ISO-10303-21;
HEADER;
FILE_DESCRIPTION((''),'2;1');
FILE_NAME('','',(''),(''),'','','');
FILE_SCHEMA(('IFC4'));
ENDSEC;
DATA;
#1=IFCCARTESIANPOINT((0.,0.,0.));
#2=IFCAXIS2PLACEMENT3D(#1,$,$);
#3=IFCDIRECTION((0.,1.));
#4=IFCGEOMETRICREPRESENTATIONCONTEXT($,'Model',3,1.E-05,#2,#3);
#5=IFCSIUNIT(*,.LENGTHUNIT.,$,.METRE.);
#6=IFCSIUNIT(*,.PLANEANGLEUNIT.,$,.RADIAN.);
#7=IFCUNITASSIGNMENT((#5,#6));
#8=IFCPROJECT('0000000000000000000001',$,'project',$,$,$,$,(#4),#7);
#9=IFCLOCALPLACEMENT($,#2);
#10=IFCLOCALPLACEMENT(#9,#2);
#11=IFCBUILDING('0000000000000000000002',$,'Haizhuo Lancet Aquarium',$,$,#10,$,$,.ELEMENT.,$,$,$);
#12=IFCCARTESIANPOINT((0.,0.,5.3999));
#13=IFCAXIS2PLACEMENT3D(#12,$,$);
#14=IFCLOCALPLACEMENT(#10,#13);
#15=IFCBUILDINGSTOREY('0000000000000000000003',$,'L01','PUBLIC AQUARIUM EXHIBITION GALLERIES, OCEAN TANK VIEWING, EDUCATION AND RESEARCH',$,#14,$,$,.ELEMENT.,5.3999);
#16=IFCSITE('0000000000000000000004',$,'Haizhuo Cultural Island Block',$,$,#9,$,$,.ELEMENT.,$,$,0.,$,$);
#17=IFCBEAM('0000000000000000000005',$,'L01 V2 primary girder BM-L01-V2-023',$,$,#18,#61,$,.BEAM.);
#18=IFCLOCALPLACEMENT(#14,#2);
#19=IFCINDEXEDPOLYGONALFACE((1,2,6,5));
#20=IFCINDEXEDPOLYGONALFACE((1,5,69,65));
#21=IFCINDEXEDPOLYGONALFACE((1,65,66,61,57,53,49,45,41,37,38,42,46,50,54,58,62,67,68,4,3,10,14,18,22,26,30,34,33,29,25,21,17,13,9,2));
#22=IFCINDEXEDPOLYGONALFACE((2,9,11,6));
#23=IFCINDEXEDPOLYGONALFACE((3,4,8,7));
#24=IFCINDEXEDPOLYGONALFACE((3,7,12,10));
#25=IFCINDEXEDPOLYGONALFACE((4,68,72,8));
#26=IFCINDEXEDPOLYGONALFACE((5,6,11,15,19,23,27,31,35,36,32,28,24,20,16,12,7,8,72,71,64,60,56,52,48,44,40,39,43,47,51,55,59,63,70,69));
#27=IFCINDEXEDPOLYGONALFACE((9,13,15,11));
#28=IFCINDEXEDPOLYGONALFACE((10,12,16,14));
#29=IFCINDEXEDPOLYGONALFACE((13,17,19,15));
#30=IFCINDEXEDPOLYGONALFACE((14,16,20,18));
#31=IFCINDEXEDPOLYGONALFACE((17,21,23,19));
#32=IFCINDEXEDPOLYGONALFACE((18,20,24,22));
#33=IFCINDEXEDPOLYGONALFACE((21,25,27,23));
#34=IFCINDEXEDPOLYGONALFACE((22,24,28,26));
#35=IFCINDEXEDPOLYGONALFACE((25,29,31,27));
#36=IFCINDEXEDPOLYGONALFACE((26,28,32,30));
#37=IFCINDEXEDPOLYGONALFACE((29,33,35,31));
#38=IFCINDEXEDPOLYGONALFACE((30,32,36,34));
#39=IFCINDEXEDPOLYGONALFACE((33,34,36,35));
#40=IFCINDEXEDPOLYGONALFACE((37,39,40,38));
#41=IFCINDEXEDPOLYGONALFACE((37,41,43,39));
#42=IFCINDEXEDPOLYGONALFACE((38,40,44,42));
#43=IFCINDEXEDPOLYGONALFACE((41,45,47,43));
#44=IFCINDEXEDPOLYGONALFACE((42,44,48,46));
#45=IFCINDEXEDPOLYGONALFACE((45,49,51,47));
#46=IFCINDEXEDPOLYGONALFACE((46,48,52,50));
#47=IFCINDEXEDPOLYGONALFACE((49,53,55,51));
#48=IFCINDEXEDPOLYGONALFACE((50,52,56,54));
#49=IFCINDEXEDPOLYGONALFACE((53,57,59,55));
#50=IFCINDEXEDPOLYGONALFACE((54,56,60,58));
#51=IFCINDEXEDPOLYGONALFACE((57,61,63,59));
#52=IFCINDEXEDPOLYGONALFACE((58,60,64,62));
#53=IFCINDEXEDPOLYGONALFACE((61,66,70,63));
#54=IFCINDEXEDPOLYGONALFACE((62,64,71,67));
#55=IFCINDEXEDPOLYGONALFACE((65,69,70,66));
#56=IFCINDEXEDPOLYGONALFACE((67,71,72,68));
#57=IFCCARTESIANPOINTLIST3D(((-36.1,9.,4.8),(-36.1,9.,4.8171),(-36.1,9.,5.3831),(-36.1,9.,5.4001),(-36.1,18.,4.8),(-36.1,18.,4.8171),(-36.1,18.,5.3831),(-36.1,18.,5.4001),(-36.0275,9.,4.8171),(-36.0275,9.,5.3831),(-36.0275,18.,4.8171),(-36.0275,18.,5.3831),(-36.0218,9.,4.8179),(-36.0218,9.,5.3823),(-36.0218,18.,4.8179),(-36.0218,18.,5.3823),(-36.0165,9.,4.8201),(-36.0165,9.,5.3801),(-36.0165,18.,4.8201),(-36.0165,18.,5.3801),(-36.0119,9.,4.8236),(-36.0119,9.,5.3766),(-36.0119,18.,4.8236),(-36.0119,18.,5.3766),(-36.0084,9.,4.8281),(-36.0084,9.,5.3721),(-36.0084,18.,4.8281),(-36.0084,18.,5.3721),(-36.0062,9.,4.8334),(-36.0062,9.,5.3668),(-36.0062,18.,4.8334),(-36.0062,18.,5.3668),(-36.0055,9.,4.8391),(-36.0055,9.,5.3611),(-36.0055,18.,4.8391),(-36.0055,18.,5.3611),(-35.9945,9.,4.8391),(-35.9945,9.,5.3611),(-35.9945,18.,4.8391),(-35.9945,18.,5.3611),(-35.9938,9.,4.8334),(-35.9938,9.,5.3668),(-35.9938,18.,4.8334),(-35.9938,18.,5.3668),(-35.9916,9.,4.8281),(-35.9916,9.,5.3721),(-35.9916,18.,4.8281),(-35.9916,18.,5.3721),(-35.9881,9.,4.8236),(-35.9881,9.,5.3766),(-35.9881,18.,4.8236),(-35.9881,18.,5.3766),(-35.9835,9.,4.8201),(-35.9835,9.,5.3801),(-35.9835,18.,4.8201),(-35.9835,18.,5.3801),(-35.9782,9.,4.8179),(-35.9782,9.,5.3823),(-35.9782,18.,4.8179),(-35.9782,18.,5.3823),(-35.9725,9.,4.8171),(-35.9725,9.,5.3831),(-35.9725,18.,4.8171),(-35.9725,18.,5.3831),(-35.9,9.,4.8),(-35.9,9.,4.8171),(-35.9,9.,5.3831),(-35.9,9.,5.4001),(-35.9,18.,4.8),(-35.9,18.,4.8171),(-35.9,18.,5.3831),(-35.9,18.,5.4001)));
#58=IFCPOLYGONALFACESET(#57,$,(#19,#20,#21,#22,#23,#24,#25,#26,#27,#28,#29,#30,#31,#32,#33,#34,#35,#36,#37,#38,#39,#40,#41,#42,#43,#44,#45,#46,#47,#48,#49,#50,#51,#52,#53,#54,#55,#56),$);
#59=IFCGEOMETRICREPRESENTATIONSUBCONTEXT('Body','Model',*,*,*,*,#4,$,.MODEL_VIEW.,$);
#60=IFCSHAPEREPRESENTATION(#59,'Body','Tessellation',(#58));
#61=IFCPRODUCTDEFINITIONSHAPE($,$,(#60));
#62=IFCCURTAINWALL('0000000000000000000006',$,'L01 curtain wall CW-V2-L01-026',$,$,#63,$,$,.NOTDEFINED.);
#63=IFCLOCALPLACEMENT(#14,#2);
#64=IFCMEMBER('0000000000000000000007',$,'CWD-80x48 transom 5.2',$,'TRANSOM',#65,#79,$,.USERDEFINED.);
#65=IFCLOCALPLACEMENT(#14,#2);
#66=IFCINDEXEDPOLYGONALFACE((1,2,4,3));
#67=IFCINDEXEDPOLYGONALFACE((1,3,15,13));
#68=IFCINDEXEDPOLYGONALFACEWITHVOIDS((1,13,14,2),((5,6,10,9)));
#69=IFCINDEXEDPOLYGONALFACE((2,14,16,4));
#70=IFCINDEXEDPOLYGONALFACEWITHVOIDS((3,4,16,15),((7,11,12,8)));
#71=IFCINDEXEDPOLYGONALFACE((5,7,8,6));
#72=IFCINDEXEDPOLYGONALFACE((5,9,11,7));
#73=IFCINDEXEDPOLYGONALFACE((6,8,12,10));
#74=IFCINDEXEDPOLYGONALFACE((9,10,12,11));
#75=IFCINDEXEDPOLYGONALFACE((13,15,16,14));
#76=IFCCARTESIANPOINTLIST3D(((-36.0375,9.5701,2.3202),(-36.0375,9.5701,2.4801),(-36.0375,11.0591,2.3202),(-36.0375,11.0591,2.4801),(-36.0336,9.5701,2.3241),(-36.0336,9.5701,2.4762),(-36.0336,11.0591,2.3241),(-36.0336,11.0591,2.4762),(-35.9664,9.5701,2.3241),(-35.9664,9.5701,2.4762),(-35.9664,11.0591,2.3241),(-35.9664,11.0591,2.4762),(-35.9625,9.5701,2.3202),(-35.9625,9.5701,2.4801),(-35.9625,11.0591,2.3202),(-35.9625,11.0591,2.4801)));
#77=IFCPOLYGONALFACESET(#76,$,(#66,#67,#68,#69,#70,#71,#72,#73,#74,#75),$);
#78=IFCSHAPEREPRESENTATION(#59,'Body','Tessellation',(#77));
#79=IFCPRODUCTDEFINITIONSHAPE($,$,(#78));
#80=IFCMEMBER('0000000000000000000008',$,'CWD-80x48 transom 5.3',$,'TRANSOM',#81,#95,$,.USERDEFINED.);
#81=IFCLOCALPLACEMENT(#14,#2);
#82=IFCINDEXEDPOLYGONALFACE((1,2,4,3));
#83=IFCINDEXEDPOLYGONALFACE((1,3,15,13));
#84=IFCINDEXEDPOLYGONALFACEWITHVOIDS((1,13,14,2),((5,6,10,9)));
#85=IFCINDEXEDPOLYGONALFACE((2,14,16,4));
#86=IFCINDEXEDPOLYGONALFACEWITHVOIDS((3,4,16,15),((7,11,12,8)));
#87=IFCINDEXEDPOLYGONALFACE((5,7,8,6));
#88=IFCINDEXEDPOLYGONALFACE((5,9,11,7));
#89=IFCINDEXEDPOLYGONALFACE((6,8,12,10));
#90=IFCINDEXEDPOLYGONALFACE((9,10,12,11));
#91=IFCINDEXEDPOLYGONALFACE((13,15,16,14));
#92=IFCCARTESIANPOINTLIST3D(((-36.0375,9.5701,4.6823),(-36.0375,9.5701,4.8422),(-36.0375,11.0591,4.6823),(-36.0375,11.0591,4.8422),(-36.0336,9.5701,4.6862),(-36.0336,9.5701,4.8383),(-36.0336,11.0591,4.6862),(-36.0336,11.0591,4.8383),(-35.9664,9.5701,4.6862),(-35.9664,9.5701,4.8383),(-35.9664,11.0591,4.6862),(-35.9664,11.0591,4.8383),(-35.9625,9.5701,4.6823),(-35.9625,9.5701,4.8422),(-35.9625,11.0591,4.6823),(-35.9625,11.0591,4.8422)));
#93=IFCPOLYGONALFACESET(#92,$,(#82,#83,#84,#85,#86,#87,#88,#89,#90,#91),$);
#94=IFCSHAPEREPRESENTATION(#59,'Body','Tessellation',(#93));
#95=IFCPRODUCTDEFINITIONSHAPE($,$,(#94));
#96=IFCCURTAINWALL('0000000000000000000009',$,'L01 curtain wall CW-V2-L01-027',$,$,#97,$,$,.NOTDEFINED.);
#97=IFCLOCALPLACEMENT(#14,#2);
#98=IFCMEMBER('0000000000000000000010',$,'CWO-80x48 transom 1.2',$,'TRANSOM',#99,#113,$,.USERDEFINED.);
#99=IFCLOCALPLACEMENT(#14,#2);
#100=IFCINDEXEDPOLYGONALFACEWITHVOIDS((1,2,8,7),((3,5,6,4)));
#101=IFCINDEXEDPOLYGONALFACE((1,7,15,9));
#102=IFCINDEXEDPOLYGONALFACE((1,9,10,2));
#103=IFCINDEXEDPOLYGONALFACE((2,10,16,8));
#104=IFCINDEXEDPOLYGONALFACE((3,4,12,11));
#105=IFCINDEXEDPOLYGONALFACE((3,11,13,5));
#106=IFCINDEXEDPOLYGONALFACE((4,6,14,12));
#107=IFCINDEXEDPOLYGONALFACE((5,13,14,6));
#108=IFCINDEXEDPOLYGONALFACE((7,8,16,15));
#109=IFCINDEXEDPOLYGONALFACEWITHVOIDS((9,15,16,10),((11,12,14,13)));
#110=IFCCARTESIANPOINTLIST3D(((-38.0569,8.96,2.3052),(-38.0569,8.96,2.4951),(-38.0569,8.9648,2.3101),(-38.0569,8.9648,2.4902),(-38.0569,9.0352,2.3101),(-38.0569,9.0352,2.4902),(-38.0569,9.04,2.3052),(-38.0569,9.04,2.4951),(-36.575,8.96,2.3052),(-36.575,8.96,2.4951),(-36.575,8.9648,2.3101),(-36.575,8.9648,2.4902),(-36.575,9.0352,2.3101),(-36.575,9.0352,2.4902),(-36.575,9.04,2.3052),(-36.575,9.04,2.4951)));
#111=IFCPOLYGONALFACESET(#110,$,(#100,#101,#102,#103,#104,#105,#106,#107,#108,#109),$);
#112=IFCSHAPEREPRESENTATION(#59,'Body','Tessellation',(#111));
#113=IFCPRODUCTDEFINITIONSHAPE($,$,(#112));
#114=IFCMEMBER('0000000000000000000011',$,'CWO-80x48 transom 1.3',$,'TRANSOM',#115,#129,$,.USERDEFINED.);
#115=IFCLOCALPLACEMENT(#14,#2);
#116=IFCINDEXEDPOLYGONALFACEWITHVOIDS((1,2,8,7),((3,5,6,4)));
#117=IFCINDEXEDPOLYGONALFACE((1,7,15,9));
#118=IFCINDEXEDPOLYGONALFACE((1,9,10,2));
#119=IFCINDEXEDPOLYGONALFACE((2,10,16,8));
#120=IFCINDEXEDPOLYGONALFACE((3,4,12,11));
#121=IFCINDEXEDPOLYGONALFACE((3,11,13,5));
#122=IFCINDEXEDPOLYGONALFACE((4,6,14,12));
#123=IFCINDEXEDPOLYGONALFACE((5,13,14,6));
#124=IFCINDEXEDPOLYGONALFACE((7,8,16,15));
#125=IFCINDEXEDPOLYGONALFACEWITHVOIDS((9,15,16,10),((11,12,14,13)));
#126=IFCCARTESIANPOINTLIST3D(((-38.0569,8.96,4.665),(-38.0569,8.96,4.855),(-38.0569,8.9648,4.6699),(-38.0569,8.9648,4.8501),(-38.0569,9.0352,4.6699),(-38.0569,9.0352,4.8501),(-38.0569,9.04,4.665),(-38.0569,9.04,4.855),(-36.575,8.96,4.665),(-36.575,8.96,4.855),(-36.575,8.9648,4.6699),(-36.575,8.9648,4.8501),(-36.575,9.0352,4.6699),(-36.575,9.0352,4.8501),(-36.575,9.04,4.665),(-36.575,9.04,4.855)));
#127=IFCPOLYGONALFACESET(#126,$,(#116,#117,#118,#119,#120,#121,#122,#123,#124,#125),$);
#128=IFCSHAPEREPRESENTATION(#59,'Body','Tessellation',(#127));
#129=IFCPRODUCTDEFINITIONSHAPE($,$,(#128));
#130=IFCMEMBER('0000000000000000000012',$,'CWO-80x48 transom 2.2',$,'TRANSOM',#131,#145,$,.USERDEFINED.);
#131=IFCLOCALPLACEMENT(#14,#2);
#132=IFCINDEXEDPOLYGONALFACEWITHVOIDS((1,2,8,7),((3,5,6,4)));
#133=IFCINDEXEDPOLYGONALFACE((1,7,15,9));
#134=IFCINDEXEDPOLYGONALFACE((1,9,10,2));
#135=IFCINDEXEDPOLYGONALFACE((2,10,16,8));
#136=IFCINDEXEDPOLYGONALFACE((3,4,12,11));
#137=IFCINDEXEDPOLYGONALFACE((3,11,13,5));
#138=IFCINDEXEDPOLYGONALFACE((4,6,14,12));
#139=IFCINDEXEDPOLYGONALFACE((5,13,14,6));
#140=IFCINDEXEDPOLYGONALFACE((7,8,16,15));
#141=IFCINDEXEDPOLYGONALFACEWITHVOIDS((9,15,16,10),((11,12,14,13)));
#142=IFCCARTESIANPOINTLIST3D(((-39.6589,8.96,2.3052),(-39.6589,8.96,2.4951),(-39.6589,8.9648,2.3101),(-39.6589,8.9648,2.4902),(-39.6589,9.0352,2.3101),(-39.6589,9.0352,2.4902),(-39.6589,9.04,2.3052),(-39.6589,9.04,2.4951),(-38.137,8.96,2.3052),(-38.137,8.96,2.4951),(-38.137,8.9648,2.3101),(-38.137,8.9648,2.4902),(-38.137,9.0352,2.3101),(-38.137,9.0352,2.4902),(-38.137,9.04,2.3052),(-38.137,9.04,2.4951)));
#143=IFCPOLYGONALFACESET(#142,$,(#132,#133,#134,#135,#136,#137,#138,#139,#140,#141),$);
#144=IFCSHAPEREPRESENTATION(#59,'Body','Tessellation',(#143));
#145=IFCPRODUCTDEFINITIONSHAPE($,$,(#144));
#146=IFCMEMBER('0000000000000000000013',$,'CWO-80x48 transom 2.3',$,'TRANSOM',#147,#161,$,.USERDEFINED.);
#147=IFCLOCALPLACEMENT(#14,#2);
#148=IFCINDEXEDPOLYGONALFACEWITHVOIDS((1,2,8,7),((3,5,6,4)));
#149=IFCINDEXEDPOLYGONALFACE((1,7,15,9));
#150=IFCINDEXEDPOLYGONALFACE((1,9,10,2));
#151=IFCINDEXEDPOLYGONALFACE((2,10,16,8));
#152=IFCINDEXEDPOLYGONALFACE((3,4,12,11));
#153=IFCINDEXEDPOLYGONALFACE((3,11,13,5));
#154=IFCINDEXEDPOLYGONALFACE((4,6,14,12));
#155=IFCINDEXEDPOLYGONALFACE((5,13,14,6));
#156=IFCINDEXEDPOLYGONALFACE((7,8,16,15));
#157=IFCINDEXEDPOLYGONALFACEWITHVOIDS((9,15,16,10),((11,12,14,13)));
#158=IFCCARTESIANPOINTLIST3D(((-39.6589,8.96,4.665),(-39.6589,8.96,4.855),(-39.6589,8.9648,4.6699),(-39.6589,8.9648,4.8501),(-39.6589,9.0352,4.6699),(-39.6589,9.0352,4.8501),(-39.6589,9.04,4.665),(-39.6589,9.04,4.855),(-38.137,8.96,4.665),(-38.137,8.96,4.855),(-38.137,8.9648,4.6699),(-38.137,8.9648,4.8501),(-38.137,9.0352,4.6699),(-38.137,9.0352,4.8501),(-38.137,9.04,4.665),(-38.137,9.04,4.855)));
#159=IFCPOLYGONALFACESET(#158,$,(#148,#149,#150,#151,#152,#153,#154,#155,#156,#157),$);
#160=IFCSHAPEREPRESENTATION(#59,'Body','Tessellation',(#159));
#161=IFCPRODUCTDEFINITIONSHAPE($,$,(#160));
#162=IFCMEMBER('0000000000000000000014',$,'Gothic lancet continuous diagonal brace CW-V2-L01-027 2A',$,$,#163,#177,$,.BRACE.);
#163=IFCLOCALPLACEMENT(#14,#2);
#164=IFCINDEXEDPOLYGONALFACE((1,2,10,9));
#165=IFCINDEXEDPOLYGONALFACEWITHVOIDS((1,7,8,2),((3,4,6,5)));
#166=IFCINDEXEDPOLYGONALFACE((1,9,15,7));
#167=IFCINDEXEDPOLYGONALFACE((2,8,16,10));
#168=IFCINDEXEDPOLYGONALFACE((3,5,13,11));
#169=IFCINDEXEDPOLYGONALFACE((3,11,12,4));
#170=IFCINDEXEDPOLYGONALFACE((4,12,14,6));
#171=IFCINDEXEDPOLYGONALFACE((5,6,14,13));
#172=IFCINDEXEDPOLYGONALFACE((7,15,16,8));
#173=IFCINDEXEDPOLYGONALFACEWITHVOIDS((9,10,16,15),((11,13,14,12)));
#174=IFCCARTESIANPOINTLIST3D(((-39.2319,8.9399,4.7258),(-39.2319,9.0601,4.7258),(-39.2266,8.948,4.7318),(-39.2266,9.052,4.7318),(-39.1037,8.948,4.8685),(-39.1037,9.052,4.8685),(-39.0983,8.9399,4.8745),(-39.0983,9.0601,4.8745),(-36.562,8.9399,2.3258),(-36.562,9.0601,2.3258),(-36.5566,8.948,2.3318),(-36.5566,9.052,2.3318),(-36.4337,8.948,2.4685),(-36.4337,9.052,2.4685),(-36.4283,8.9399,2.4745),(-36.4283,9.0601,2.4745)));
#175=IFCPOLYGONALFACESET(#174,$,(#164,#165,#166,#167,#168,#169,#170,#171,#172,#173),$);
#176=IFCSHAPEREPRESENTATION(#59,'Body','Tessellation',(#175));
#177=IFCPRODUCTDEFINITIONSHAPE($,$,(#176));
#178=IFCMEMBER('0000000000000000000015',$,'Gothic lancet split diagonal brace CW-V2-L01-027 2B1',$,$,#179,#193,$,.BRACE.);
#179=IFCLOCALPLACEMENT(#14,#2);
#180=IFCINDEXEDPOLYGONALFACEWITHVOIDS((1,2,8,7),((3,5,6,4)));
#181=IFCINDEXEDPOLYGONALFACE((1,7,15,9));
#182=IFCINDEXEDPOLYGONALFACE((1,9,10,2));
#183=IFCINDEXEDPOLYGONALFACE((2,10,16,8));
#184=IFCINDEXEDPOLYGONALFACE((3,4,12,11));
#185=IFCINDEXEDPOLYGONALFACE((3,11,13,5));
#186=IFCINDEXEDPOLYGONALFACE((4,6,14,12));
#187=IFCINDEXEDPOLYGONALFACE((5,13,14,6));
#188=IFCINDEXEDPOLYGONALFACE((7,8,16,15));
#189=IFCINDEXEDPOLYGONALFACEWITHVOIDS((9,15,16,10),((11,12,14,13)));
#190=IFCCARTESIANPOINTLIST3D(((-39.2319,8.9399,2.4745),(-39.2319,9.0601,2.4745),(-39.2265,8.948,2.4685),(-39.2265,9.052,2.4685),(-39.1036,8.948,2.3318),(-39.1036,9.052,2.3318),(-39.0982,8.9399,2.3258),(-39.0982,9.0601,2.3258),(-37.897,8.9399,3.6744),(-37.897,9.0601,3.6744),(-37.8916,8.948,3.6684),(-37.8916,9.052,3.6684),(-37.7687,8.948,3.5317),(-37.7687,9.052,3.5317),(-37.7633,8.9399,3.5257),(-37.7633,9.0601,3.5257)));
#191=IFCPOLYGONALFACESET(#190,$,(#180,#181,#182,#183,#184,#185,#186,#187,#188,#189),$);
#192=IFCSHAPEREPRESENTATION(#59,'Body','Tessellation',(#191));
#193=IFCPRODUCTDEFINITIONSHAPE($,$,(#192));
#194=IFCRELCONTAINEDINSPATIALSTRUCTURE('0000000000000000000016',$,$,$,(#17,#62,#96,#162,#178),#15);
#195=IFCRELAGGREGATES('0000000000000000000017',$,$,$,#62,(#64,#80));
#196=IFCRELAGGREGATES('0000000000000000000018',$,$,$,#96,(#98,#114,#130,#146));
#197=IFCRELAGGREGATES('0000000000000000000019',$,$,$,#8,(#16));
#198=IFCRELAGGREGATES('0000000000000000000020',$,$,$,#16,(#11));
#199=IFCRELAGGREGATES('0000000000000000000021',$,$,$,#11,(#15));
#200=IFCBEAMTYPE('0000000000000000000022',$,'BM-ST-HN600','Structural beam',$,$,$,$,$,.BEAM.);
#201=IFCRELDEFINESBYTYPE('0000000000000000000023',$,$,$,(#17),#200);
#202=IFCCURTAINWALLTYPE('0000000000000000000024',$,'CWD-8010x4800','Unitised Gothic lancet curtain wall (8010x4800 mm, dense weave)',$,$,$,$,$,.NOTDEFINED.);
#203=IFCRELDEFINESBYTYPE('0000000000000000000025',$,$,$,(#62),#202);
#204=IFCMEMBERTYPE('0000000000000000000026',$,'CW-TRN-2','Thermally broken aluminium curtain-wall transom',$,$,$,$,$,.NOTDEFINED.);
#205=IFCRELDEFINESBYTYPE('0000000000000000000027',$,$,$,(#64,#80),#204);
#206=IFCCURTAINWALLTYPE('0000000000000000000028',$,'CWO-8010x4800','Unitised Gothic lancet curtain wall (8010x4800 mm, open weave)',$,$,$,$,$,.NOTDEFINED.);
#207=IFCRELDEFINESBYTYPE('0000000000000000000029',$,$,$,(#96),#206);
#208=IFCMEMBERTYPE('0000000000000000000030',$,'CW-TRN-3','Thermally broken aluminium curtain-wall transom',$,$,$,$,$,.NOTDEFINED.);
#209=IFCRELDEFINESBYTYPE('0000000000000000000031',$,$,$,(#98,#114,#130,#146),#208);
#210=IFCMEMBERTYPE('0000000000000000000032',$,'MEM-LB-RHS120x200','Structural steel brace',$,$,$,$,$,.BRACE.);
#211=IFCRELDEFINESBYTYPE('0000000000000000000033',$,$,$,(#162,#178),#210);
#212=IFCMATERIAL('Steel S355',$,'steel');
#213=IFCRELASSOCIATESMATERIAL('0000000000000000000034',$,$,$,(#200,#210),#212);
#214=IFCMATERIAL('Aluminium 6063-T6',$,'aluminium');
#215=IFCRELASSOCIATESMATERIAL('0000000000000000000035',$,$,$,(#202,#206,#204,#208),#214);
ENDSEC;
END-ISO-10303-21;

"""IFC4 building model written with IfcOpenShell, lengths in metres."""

from ifc_helpers import new_model, si_unit, direction, frame, origin, origin_2d, place, context, subcontext, project, spatial, hollow_rectangle, i_section, extrude, material, material_profile, profile_set, type_object, element, aggregate, save


model = new_model("IFC4")

# Units and contexts
model_context = context("Model", 3, precision=1e-05, world=origin(), true_north=direction((0.0, 1.0)))
body_context = subcontext(model_context, "Body", "Model", "MODEL_VIEW")
ifc_project = project(units=[si_unit("LENGTHUNIT", "METRE"), si_unit("PLANEANGLEUNIT", "RADIAN")], contexts=[model_context])

# Site, building, storey
site_placement = place(None, origin())
site = spatial("IfcSite", under=ifc_project, at=site_placement, Name="Haizhuo Cultural Island Block", CompositionType="ELEMENT", RefElevation=0.0)
building_placement = place(site_placement, origin())
building = spatial("IfcBuilding", under=site, at=building_placement, Name="Haizhuo Lancet Aquarium", CompositionType="ELEMENT")
storey_placement = place(building_placement, frame((0.0, 0.0, 5.3999)))
storey = spatial("IfcBuildingStorey", under=building, at=storey_placement, Name="L01", Description="PUBLIC AQUARIUM EXHIBITION GALLERIES, OCEAN TANK VIEWING, EDUCATION AND RESEARCH", CompositionType="ELEMENT", Elevation=5.3999)

# Beam
ifc_material_1 = material(Name="Steel S355", Category="steel")
ifc_material_profile_1 = material_profile(ifc_material_1, i_section(OverallWidth=0.2, OverallDepth=0.6001, WebThickness=0.011, FlangeThickness=0.0171, FilletRadius=0.022, at=origin_2d()), Name="HN 600x200x11x17")
ifc_profile_set_1 = profile_set([ifc_material_profile_1], Name="Steel S355")
beam_type = type_object("IfcBeamType", Name="BM-ST-HN600", Description="Structural beam", PredefinedType="BEAM", material=ifc_profile_set_1)
beam_placement = place(storey_placement, frame((-36.0, 9.0, 5.1001), z_axis=(0.0, 1.0, 0.0), x_axis=(-1.0, 0.0, 0.0)))
element("IfcBeam", 1, at=beam_placement, inside=storey, type_object=beam_type, Name="L01 V2 primary girder BM-L01-V2-023", PredefinedType="BEAM", context=body_context, shape_type="SweptSolid", body=[
    extrude(i_section(OverallWidth=0.2, OverallDepth=0.6001, WebThickness=0.011, FlangeThickness=0.0171, FilletRadius=0.022, at=origin_2d()), origin(), (0.0, 0.0, 1.0), 9.0),
])

# Curtain walls, members
ifc_material_2 = material(Name="Aluminium 6063-T6", Category="aluminium")
curtain_wall_type_1 = type_object("IfcCurtainWallType", Name="CWD-8010x4800", Description="Unitised Gothic lancet curtain wall (8010x4800 mm, dense weave)", PredefinedType="NOTDEFINED", material=ifc_material_2)
curtain_wall_1_placement = place(storey_placement, origin())
curtain_wall_1 = element("IfcCurtainWall", 2, at=curtain_wall_1_placement, inside=storey, type_object=curtain_wall_type_1, Name="L01 curtain wall CW-V2-L01-026", PredefinedType="NOTDEFINED")
ifc_material_profile_2 = material_profile(ifc_material_2, hollow_rectangle(XDim=0.075, YDim=0.1599, WallThickness=0.0039, at=origin_2d()), Name="ALU-T 75x160x4")
ifc_profile_set_2 = profile_set([ifc_material_profile_2], Name="Aluminium 6063-T6")
member_type_1 = type_object("IfcMemberType", Name="CW-TRN-2", Description="Thermally broken aluminium curtain-wall transom", PredefinedType="NOTDEFINED", material=ifc_profile_set_2)
member_1_placement = place(storey_placement, frame((-36.0, 11.0591, 2.4001), z_axis=(0.0, -1.0, 0.0), x_axis=(1.0, 0.0, 0.0)))
member_1 = element("IfcMember", 3, at=member_1_placement, type_object=member_type_1, Name="CWD-80x48 transom 5.2", ObjectType="TRANSOM", PredefinedType="USERDEFINED", context=body_context, shape_type="SweptSolid", body=[
    extrude(hollow_rectangle(XDim=0.075, YDim=0.1599, WallThickness=0.0039, at=origin_2d()), origin(), (0.0, 0.0, 1.0), 1.489),
])
member_2_placement = place(storey_placement, frame((-36.0, 11.0591, 4.7622), z_axis=(0.0, -1.0, 0.0), x_axis=(1.0, 0.0, 0.0)))
member_2 = element("IfcMember", 4, at=member_2_placement, type_object=member_type_1, Name="CWD-80x48 transom 5.3", ObjectType="TRANSOM", PredefinedType="USERDEFINED", context=body_context, shape_type="SweptSolid", body=[
    extrude(hollow_rectangle(XDim=0.075, YDim=0.1599, WallThickness=0.0039, at=origin_2d()), origin(), (0.0, 0.0, 1.0), 1.489),
])
curtain_wall_type_2 = type_object("IfcCurtainWallType", Name="CWO-8010x4800", Description="Unitised Gothic lancet curtain wall (8010x4800 mm, open weave)", PredefinedType="NOTDEFINED", material=ifc_material_2)
curtain_wall_2_placement = place(storey_placement, origin())
curtain_wall_2 = element("IfcCurtainWall", 5, at=curtain_wall_2_placement, inside=storey, type_object=curtain_wall_type_2, Name="L01 curtain wall CW-V2-L01-027", PredefinedType="NOTDEFINED")
ifc_material_profile_3 = material_profile(ifc_material_2, hollow_rectangle(XDim=0.0801, YDim=0.1899, WallThickness=0.0049, at=origin_2d()), Name="ALU-T 80x190x5")
ifc_profile_set_3 = profile_set([ifc_material_profile_3], Name="Aluminium 6063-T6")
member_type_2 = type_object("IfcMemberType", Name="CW-TRN-3", Description="Thermally broken aluminium curtain-wall transom", PredefinedType="NOTDEFINED", material=ifc_profile_set_3)
member_3_placement = place(storey_placement, frame((-36.575, 9.0, 2.4001), z_axis=(-1.0, 0.0, 0.0), x_axis=(0.0, -1.0, 0.0)))
member_3 = element("IfcMember", 6, at=member_3_placement, type_object=member_type_2, Name="CWO-80x48 transom 1.2", ObjectType="TRANSOM", PredefinedType="USERDEFINED", context=body_context, shape_type="SweptSolid", body=[
    extrude(hollow_rectangle(XDim=0.0801, YDim=0.1899, WallThickness=0.0049, at=origin_2d()), origin(), (0.0, 0.0, 1.0), 1.4819),
])
member_4_placement = place(storey_placement, frame((-36.575, 9.0, 4.76), z_axis=(-1.0, 0.0, 0.0), x_axis=(0.0, -1.0, 0.0)))
member_4 = element("IfcMember", 7, at=member_4_placement, type_object=member_type_2, Name="CWO-80x48 transom 1.3", ObjectType="TRANSOM", PredefinedType="USERDEFINED", context=body_context, shape_type="SweptSolid", body=[
    extrude(hollow_rectangle(XDim=0.0801, YDim=0.1899, WallThickness=0.0049, at=origin_2d()), origin(), (0.0, 0.0, 1.0), 1.4819),
])
member_5_placement = place(storey_placement, frame((-38.137, 9.0, 2.4001), z_axis=(-1.0, 0.0, 0.0), x_axis=(0.0, -1.0, 0.0)))
member_5 = element("IfcMember", 8, at=member_5_placement, type_object=member_type_2, Name="CWO-80x48 transom 2.2", ObjectType="TRANSOM", PredefinedType="USERDEFINED", context=body_context, shape_type="SweptSolid", body=[
    extrude(hollow_rectangle(XDim=0.0801, YDim=0.1899, WallThickness=0.0049, at=origin_2d()), origin(), (0.0, 0.0, 1.0), 1.522),
])
member_6_placement = place(storey_placement, frame((-38.137, 9.0, 4.76), z_axis=(-1.0, 0.0, 0.0), x_axis=(0.0, -1.0, 0.0)))
member_6 = element("IfcMember", 9, at=member_6_placement, type_object=member_type_2, Name="CWO-80x48 transom 2.3", ObjectType="TRANSOM", PredefinedType="USERDEFINED", context=body_context, shape_type="SweptSolid", body=[
    extrude(hollow_rectangle(XDim=0.0801, YDim=0.1899, WallThickness=0.0049, at=origin_2d()), origin(), (0.0, 0.0, 1.0), 1.522),
])

# Members
ifc_material_profile_4 = material_profile(ifc_material_1, hollow_rectangle(XDim=0.1201, YDim=0.2, WallThickness=0.0081, at=origin_2d()), Name="RHS 120x200x8")
ifc_profile_set_4 = profile_set([ifc_material_profile_4], Name="Steel S355")
member_type_3 = type_object("IfcMemberType", Name="MEM-LB-RHS120x200", Description="Structural steel brace", PredefinedType="BRACE", material=ifc_profile_set_4)
member_7_placement = place(storey_placement, frame((-36.4951, 9.0, 2.4001), z_axis=(-0.743713, 0.0, 0.668499), x_axis=(0.0, -1.0, 0.0)))
element("IfcMember", 10, at=member_7_placement, inside=storey, type_object=member_type_3, Name="Gothic lancet continuous diagonal brace CW-V2-L01-027 2A", PredefinedType="BRACE", context=body_context, shape_type="SweptSolid", body=[
    extrude(hollow_rectangle(XDim=0.1201, YDim=0.2, WallThickness=0.0081, at=origin_2d()), origin(), (0.0, 0.0, 1.0), 3.5901),
])
for number, where, z_axis, x_axis, name in (
    (11, (-39.165, 9.0, 2.4001), (0.743713, 0.0, 0.668499), (0.0, 1.0, 0.0), "Gothic lancet split diagonal brace CW-V2-L01-027 2B1"),
):
    element("IfcMember", number, at=place(storey_placement, frame(where, z_axis=z_axis, x_axis=x_axis)), inside=storey, type_object=member_type_3, Name=name, PredefinedType="BRACE", context=body_context, shape_type="SweptSolid", body=[
        extrude(hollow_rectangle(XDim=0.1201, YDim=0.2, WallThickness=0.0081, at=origin_2d()), origin(), (0.0, 0.0, 1.0), 1.7949),
    ])

aggregate(curtain_wall_1, [member_1, member_2])
aggregate(curtain_wall_2, [member_3, member_4, member_5, member_6])

save(model, "model.ifc")
